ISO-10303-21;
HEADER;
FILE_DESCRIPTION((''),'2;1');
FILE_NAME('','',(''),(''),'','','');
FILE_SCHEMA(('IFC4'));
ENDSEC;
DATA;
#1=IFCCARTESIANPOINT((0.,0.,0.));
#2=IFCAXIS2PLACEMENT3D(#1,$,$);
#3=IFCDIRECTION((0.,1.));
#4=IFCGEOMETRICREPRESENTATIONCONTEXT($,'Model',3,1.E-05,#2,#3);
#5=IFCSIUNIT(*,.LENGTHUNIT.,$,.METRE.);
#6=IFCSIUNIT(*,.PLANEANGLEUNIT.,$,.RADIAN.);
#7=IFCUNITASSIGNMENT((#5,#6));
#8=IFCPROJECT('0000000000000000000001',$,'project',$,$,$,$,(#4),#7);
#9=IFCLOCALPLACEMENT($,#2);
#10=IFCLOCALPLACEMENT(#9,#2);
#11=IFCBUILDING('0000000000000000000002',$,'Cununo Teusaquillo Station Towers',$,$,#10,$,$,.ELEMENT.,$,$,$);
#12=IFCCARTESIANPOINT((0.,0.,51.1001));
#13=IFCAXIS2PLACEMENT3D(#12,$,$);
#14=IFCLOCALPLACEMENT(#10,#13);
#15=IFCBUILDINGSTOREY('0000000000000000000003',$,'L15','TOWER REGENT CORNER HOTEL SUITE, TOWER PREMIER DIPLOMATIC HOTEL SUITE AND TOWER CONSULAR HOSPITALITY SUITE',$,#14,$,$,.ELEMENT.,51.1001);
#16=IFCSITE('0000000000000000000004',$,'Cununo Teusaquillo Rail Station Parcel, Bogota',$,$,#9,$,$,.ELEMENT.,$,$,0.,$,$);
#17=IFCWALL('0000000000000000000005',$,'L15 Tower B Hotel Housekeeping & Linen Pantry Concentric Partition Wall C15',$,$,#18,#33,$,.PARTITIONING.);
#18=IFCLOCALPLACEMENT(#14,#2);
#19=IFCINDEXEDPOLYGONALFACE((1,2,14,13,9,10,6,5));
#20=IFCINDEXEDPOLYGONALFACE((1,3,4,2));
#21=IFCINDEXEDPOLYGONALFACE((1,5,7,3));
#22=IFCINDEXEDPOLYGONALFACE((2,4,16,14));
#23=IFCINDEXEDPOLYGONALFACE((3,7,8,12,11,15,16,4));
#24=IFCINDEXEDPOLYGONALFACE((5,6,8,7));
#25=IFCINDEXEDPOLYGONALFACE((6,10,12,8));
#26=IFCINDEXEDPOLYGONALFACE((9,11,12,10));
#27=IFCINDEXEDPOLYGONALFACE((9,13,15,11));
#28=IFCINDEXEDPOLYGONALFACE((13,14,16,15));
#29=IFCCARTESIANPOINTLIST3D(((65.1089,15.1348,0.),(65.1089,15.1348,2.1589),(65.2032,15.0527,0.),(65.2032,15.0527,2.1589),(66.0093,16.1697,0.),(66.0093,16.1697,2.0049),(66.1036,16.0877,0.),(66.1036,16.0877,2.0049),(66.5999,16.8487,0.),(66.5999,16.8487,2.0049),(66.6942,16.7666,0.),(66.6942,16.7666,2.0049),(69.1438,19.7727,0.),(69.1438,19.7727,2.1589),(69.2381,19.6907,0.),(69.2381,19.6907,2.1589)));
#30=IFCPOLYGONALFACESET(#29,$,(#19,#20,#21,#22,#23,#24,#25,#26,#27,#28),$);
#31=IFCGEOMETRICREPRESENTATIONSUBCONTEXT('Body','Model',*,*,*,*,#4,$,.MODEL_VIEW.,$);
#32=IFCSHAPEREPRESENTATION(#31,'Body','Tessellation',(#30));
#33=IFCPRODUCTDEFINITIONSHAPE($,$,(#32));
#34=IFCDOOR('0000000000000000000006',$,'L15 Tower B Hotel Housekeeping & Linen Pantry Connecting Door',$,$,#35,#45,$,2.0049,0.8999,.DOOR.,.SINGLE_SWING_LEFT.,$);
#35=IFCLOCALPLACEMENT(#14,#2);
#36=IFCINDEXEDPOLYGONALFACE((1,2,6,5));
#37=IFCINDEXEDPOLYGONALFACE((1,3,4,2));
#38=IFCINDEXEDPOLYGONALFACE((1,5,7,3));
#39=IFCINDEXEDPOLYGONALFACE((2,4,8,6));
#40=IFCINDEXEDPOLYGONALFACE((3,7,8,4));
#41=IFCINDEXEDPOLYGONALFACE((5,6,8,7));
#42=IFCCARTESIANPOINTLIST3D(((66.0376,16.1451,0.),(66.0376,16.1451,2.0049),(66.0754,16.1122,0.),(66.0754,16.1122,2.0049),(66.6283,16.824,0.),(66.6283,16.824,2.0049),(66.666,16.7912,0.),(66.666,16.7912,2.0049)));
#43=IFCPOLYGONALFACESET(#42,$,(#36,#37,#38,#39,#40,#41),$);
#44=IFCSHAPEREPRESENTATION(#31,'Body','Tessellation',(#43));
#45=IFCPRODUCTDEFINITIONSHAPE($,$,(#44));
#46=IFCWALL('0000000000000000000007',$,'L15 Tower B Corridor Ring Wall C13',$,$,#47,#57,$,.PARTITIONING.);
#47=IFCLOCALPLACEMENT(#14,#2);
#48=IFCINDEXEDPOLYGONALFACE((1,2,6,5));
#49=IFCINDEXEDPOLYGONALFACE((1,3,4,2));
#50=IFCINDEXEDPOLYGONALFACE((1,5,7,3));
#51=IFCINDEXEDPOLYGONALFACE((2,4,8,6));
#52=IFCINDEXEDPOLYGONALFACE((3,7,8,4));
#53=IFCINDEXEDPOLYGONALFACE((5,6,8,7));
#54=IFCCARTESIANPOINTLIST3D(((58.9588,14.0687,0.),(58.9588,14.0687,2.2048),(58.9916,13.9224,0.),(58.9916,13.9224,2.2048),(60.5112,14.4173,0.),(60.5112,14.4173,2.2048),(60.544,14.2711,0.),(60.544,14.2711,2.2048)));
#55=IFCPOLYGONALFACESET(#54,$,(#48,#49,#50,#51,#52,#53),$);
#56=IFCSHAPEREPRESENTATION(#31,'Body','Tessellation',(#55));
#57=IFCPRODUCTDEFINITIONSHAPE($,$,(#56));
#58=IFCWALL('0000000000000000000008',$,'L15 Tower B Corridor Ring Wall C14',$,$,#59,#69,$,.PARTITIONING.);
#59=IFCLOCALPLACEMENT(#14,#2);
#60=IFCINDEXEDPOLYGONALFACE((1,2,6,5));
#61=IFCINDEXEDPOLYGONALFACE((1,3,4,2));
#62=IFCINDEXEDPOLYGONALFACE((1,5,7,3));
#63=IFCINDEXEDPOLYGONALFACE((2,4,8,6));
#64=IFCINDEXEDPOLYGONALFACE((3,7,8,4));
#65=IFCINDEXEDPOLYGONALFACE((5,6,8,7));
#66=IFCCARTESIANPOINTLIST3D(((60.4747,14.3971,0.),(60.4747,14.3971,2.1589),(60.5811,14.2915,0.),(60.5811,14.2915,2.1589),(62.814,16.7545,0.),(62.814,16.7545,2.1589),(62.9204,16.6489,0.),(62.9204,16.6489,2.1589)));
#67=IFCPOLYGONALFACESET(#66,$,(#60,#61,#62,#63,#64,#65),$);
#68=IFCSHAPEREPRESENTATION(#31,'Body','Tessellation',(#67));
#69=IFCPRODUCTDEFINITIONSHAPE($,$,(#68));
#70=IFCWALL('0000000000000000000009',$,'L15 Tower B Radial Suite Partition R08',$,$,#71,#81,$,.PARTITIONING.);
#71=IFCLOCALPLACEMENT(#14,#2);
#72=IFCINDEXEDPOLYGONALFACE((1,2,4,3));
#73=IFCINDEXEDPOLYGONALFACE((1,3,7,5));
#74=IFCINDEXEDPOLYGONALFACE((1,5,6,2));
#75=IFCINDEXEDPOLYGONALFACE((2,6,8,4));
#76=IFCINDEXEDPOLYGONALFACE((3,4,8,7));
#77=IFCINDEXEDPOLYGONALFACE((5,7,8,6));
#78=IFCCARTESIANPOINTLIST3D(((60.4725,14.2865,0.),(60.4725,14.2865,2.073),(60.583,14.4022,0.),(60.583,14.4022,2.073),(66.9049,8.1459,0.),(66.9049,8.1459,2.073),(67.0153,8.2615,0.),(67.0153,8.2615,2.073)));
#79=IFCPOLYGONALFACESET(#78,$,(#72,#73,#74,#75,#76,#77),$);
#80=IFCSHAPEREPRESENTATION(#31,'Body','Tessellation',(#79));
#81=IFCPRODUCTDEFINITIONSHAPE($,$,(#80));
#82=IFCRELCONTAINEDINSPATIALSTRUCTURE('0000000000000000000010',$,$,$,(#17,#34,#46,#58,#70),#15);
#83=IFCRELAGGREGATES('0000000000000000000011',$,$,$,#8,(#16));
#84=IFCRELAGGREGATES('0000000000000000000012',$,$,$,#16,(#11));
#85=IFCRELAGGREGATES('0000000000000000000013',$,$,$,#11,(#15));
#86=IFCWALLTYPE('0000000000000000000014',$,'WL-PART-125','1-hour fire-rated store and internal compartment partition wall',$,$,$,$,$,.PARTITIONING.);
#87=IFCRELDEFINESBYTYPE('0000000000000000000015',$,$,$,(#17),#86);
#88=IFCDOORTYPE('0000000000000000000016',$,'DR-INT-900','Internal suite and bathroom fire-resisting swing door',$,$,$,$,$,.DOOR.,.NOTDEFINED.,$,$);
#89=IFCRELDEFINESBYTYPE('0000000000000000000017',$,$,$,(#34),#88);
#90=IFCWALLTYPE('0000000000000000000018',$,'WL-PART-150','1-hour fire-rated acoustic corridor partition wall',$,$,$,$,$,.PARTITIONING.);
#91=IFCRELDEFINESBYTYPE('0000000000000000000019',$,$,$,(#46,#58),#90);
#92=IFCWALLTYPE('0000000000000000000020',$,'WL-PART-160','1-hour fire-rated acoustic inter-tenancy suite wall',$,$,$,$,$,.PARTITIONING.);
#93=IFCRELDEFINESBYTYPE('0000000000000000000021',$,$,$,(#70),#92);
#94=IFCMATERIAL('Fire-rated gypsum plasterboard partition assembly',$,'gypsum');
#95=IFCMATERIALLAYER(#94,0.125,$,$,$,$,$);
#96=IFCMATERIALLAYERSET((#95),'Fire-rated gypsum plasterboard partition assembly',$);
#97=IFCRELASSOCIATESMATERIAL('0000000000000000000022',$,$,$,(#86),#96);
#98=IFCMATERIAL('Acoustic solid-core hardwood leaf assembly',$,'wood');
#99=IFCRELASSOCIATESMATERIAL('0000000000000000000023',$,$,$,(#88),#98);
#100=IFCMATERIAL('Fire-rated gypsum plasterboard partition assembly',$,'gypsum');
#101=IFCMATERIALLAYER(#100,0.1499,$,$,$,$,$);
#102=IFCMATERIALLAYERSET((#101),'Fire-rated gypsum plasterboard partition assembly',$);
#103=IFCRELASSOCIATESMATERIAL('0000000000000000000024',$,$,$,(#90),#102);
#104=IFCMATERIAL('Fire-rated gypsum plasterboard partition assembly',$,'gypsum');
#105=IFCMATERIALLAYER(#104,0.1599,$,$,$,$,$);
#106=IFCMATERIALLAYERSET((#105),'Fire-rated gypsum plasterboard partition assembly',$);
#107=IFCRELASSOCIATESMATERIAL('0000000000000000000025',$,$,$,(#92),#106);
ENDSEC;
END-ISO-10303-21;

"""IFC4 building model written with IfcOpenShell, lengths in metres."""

from ifc_helpers import new_model, si_unit, direction, frame, frame_2d, origin, place, context, subcontext, project, spatial, rectangle, extrude, source, transform, mapped, material, layer, layer_set, type_object, element, fill, save


model = new_model("IFC4")

# Units and contexts
model_context = context("Model", 3, precision=1e-05, world=origin(), true_north=direction((0.0, 1.0)))
body_context = subcontext(model_context, "Body", "Model", "MODEL_VIEW")
ifc_project = project(units=[si_unit("LENGTHUNIT", "METRE"), si_unit("PLANEANGLEUNIT", "RADIAN")], contexts=[model_context])

# Site, building, storey
site_placement = place(None, origin())
site = spatial("IfcSite", under=ifc_project, at=site_placement, Name="Cununo Teusaquillo Rail Station Parcel, Bogota", CompositionType="ELEMENT", RefElevation=0.0)
building_placement = place(site_placement, origin())
building = spatial("IfcBuilding", under=site, at=building_placement, Name="Cununo Teusaquillo Station Towers", CompositionType="ELEMENT")
storey_placement = place(building_placement, frame((0.0, 0.0, 51.1001)))
storey = spatial("IfcBuildingStorey", under=building, at=storey_placement, Name="L15", Description="TOWER REGENT CORNER HOTEL SUITE, TOWER PREMIER DIPLOMATIC HOTEL SUITE AND TOWER CONSULAR HOSPITALITY SUITE", CompositionType="ELEMENT", Elevation=51.1001)

# Shared definitions
ifc_material_1 = material(Name="Fire-rated gypsum plasterboard partition assembly", Category="gypsum")
ifc_layer_1 = layer(ifc_material_1, 0.125)
ifc_layer_set_1 = layer_set([ifc_layer_1], Name="Fire-rated gypsum plasterboard partition assembly")
wall_type_1 = type_object("IfcWallType", Name="WL-PART-125", Description="1-hour fire-rated store and internal compartment partition wall", PredefinedType="PARTITIONING", material=ifc_layer_set_1)
shared_shape_1 = source(origin(), body_context, "Body", "SweptSolid", [
    extrude(rectangle(XDim=0.8999, YDim=2.0049, at=frame_2d((0.45, 1.0024))), frame((0.0, 0.0725, 0.0), z_axis=(0.0, -1.0, 0.0), x_axis=(1.0, 0.0, 0.0)), (0.0, 0.0, 1.0), 0.145),
])
ifc_material_2 = material(Name="Acoustic solid-core hardwood leaf assembly", Category="wood")
door_type_1 = type_object("IfcDoorType", Name="DR-INT-900", Description="Internal suite and bathroom fire-resisting swing door", OperationType="NOTDEFINED", PredefinedType="DOOR", material=ifc_material_2)
shared_shape_2 = source(origin(), body_context, "Body", "SweptSolid", [
    extrude(rectangle(XDim=0.8999, YDim=2.0049, at=frame_2d((0.45, 1.0024))), frame((0.0, 0.0249, 0.0), z_axis=(0.0, -1.0, 0.0), x_axis=(1.0, 0.0, 0.0)), (0.0, 0.0, 1.0), 0.05),
])

# Wall, opening, door
wall_1_placement = place(storey_placement, frame((65.156, 15.0938, 0.0), z_axis=(0.0, 0.0, 1.0), x_axis=(0.656357, 0.754451, 0.0)))
wall_1 = element("IfcWall", 1, at=wall_1_placement, inside=storey, type_object=wall_type_1, Name="L15 Tower B Hotel Housekeeping & Linen Pantry Concentric Partition Wall C15", PredefinedType="PARTITIONING", context=body_context, shape_type="SweptSolid", body=[
    extrude(rectangle(XDim=6.1475, YDim=0.125, at=frame_2d((3.0737, 0.0))), origin(), (0.0, 0.0, 1.0), 2.1589),
])
opening_1_placement = place(wall_1_placement, frame((1.3718, 0.0, 0.0)))
opening_1 = element("IfcOpeningElement", 2, at=opening_1_placement, cuts=wall_1, PredefinedType="OPENING", context=body_context, shape_type="MappedRepresentation", body=[
    mapped(shared_shape_1, transform((0.0, 0.0, 0.0), x_axis=(1.0, 0.0, 0.0), y_axis=(0.0, 1.0, 0.0), z_axis=(0.0, 0.0, 1.0), scale=1.0)),
])
door_1_placement = place(opening_1_placement, origin())
door_1 = element("IfcDoor", 3, at=door_1_placement, inside=storey, type_object=door_type_1, Name="L15 Tower B Hotel Housekeeping & Linen Pantry Connecting Door", OperationType="SINGLE_SWING_LEFT", OverallHeight=2.0049, OverallWidth=0.8999, PredefinedType="DOOR", context=body_context, shape_type="MappedRepresentation", body=[
    mapped(shared_shape_2, transform((0.0, 0.0, 0.0), x_axis=(1.0, 0.0, 0.0), y_axis=(0.0, 1.0, 0.0), z_axis=(0.0, 0.0, 1.0), scale=1.0)),
])
fill(opening_1, door_1)

# Walls
ifc_material_3 = material(Name="Fire-rated gypsum plasterboard partition assembly", Category="gypsum")
ifc_layer_2 = layer(ifc_material_3, 0.1499)
ifc_layer_set_2 = layer_set([ifc_layer_2], Name="Fire-rated gypsum plasterboard partition assembly")
wall_type_2 = type_object("IfcWallType", Name="WL-PART-150", Description="1-hour fire-rated acoustic corridor partition wall", PredefinedType="PARTITIONING", material=ifc_layer_set_2)
wall_2_placement = place(storey_placement, frame((58.9753, 13.9956, 0.0), z_axis=(0.0, 0.0, 1.0), x_axis=(0.975701, 0.219107, 0.0)))
element("IfcWall", 4, at=wall_2_placement, inside=storey, type_object=wall_type_2, Name="L15 Tower B Corridor Ring Wall C13", PredefinedType="PARTITIONING", context=body_context, shape_type="SweptSolid", body=[
    extrude(rectangle(XDim=1.5911, YDim=0.1499, at=frame_2d((0.7954, 0.0))), origin(), (0.0, 0.0, 1.0), 2.2048),
])
wall_3_placement = place(storey_placement, frame((60.5278, 14.3442, 0.0), z_axis=(0.0, 0.0, 1.0), x_axis=(0.704382, 0.709821, 0.0)))
element("IfcWall", 5, at=wall_3_placement, inside=storey, type_object=wall_type_2, Name="L15 Tower B Corridor Ring Wall C14", PredefinedType="PARTITIONING", context=body_context, shape_type="SweptSolid", body=[
    extrude(rectangle(XDim=3.321, YDim=0.1499, at=frame_2d((1.6606, 0.0))), origin(), (0.0, 0.0, 1.0), 2.1589),
])
ifc_material_4 = material(Name="Fire-rated gypsum plasterboard partition assembly", Category="gypsum")
ifc_layer_3 = layer(ifc_material_4, 0.1599)
ifc_layer_set_3 = layer_set([ifc_layer_3], Name="Fire-rated gypsum plasterboard partition assembly")
wall_type_3 = type_object("IfcWallType", Name="WL-PART-160", Description="1-hour fire-rated acoustic inter-tenancy suite wall", PredefinedType="PARTITIONING", material=ifc_layer_set_3)
wall_4_placement = place(storey_placement, frame((60.5278, 14.3442, 0.0), z_axis=(0.0, 0.0, 1.0), x_axis=(0.72332, -0.690513, 0.0)))
element("IfcWall", 6, at=wall_4_placement, inside=storey, type_object=wall_type_3, Name="L15 Tower B Radial Suite Partition R08", PredefinedType="PARTITIONING", context=body_context, shape_type="SweptSolid", body=[
    extrude(rectangle(XDim=8.8928, YDim=0.1599, at=frame_2d((4.4463, 0.0))), origin(), (0.0, 0.0, 1.0), 2.073),
])

save(model, "model.ifc")
